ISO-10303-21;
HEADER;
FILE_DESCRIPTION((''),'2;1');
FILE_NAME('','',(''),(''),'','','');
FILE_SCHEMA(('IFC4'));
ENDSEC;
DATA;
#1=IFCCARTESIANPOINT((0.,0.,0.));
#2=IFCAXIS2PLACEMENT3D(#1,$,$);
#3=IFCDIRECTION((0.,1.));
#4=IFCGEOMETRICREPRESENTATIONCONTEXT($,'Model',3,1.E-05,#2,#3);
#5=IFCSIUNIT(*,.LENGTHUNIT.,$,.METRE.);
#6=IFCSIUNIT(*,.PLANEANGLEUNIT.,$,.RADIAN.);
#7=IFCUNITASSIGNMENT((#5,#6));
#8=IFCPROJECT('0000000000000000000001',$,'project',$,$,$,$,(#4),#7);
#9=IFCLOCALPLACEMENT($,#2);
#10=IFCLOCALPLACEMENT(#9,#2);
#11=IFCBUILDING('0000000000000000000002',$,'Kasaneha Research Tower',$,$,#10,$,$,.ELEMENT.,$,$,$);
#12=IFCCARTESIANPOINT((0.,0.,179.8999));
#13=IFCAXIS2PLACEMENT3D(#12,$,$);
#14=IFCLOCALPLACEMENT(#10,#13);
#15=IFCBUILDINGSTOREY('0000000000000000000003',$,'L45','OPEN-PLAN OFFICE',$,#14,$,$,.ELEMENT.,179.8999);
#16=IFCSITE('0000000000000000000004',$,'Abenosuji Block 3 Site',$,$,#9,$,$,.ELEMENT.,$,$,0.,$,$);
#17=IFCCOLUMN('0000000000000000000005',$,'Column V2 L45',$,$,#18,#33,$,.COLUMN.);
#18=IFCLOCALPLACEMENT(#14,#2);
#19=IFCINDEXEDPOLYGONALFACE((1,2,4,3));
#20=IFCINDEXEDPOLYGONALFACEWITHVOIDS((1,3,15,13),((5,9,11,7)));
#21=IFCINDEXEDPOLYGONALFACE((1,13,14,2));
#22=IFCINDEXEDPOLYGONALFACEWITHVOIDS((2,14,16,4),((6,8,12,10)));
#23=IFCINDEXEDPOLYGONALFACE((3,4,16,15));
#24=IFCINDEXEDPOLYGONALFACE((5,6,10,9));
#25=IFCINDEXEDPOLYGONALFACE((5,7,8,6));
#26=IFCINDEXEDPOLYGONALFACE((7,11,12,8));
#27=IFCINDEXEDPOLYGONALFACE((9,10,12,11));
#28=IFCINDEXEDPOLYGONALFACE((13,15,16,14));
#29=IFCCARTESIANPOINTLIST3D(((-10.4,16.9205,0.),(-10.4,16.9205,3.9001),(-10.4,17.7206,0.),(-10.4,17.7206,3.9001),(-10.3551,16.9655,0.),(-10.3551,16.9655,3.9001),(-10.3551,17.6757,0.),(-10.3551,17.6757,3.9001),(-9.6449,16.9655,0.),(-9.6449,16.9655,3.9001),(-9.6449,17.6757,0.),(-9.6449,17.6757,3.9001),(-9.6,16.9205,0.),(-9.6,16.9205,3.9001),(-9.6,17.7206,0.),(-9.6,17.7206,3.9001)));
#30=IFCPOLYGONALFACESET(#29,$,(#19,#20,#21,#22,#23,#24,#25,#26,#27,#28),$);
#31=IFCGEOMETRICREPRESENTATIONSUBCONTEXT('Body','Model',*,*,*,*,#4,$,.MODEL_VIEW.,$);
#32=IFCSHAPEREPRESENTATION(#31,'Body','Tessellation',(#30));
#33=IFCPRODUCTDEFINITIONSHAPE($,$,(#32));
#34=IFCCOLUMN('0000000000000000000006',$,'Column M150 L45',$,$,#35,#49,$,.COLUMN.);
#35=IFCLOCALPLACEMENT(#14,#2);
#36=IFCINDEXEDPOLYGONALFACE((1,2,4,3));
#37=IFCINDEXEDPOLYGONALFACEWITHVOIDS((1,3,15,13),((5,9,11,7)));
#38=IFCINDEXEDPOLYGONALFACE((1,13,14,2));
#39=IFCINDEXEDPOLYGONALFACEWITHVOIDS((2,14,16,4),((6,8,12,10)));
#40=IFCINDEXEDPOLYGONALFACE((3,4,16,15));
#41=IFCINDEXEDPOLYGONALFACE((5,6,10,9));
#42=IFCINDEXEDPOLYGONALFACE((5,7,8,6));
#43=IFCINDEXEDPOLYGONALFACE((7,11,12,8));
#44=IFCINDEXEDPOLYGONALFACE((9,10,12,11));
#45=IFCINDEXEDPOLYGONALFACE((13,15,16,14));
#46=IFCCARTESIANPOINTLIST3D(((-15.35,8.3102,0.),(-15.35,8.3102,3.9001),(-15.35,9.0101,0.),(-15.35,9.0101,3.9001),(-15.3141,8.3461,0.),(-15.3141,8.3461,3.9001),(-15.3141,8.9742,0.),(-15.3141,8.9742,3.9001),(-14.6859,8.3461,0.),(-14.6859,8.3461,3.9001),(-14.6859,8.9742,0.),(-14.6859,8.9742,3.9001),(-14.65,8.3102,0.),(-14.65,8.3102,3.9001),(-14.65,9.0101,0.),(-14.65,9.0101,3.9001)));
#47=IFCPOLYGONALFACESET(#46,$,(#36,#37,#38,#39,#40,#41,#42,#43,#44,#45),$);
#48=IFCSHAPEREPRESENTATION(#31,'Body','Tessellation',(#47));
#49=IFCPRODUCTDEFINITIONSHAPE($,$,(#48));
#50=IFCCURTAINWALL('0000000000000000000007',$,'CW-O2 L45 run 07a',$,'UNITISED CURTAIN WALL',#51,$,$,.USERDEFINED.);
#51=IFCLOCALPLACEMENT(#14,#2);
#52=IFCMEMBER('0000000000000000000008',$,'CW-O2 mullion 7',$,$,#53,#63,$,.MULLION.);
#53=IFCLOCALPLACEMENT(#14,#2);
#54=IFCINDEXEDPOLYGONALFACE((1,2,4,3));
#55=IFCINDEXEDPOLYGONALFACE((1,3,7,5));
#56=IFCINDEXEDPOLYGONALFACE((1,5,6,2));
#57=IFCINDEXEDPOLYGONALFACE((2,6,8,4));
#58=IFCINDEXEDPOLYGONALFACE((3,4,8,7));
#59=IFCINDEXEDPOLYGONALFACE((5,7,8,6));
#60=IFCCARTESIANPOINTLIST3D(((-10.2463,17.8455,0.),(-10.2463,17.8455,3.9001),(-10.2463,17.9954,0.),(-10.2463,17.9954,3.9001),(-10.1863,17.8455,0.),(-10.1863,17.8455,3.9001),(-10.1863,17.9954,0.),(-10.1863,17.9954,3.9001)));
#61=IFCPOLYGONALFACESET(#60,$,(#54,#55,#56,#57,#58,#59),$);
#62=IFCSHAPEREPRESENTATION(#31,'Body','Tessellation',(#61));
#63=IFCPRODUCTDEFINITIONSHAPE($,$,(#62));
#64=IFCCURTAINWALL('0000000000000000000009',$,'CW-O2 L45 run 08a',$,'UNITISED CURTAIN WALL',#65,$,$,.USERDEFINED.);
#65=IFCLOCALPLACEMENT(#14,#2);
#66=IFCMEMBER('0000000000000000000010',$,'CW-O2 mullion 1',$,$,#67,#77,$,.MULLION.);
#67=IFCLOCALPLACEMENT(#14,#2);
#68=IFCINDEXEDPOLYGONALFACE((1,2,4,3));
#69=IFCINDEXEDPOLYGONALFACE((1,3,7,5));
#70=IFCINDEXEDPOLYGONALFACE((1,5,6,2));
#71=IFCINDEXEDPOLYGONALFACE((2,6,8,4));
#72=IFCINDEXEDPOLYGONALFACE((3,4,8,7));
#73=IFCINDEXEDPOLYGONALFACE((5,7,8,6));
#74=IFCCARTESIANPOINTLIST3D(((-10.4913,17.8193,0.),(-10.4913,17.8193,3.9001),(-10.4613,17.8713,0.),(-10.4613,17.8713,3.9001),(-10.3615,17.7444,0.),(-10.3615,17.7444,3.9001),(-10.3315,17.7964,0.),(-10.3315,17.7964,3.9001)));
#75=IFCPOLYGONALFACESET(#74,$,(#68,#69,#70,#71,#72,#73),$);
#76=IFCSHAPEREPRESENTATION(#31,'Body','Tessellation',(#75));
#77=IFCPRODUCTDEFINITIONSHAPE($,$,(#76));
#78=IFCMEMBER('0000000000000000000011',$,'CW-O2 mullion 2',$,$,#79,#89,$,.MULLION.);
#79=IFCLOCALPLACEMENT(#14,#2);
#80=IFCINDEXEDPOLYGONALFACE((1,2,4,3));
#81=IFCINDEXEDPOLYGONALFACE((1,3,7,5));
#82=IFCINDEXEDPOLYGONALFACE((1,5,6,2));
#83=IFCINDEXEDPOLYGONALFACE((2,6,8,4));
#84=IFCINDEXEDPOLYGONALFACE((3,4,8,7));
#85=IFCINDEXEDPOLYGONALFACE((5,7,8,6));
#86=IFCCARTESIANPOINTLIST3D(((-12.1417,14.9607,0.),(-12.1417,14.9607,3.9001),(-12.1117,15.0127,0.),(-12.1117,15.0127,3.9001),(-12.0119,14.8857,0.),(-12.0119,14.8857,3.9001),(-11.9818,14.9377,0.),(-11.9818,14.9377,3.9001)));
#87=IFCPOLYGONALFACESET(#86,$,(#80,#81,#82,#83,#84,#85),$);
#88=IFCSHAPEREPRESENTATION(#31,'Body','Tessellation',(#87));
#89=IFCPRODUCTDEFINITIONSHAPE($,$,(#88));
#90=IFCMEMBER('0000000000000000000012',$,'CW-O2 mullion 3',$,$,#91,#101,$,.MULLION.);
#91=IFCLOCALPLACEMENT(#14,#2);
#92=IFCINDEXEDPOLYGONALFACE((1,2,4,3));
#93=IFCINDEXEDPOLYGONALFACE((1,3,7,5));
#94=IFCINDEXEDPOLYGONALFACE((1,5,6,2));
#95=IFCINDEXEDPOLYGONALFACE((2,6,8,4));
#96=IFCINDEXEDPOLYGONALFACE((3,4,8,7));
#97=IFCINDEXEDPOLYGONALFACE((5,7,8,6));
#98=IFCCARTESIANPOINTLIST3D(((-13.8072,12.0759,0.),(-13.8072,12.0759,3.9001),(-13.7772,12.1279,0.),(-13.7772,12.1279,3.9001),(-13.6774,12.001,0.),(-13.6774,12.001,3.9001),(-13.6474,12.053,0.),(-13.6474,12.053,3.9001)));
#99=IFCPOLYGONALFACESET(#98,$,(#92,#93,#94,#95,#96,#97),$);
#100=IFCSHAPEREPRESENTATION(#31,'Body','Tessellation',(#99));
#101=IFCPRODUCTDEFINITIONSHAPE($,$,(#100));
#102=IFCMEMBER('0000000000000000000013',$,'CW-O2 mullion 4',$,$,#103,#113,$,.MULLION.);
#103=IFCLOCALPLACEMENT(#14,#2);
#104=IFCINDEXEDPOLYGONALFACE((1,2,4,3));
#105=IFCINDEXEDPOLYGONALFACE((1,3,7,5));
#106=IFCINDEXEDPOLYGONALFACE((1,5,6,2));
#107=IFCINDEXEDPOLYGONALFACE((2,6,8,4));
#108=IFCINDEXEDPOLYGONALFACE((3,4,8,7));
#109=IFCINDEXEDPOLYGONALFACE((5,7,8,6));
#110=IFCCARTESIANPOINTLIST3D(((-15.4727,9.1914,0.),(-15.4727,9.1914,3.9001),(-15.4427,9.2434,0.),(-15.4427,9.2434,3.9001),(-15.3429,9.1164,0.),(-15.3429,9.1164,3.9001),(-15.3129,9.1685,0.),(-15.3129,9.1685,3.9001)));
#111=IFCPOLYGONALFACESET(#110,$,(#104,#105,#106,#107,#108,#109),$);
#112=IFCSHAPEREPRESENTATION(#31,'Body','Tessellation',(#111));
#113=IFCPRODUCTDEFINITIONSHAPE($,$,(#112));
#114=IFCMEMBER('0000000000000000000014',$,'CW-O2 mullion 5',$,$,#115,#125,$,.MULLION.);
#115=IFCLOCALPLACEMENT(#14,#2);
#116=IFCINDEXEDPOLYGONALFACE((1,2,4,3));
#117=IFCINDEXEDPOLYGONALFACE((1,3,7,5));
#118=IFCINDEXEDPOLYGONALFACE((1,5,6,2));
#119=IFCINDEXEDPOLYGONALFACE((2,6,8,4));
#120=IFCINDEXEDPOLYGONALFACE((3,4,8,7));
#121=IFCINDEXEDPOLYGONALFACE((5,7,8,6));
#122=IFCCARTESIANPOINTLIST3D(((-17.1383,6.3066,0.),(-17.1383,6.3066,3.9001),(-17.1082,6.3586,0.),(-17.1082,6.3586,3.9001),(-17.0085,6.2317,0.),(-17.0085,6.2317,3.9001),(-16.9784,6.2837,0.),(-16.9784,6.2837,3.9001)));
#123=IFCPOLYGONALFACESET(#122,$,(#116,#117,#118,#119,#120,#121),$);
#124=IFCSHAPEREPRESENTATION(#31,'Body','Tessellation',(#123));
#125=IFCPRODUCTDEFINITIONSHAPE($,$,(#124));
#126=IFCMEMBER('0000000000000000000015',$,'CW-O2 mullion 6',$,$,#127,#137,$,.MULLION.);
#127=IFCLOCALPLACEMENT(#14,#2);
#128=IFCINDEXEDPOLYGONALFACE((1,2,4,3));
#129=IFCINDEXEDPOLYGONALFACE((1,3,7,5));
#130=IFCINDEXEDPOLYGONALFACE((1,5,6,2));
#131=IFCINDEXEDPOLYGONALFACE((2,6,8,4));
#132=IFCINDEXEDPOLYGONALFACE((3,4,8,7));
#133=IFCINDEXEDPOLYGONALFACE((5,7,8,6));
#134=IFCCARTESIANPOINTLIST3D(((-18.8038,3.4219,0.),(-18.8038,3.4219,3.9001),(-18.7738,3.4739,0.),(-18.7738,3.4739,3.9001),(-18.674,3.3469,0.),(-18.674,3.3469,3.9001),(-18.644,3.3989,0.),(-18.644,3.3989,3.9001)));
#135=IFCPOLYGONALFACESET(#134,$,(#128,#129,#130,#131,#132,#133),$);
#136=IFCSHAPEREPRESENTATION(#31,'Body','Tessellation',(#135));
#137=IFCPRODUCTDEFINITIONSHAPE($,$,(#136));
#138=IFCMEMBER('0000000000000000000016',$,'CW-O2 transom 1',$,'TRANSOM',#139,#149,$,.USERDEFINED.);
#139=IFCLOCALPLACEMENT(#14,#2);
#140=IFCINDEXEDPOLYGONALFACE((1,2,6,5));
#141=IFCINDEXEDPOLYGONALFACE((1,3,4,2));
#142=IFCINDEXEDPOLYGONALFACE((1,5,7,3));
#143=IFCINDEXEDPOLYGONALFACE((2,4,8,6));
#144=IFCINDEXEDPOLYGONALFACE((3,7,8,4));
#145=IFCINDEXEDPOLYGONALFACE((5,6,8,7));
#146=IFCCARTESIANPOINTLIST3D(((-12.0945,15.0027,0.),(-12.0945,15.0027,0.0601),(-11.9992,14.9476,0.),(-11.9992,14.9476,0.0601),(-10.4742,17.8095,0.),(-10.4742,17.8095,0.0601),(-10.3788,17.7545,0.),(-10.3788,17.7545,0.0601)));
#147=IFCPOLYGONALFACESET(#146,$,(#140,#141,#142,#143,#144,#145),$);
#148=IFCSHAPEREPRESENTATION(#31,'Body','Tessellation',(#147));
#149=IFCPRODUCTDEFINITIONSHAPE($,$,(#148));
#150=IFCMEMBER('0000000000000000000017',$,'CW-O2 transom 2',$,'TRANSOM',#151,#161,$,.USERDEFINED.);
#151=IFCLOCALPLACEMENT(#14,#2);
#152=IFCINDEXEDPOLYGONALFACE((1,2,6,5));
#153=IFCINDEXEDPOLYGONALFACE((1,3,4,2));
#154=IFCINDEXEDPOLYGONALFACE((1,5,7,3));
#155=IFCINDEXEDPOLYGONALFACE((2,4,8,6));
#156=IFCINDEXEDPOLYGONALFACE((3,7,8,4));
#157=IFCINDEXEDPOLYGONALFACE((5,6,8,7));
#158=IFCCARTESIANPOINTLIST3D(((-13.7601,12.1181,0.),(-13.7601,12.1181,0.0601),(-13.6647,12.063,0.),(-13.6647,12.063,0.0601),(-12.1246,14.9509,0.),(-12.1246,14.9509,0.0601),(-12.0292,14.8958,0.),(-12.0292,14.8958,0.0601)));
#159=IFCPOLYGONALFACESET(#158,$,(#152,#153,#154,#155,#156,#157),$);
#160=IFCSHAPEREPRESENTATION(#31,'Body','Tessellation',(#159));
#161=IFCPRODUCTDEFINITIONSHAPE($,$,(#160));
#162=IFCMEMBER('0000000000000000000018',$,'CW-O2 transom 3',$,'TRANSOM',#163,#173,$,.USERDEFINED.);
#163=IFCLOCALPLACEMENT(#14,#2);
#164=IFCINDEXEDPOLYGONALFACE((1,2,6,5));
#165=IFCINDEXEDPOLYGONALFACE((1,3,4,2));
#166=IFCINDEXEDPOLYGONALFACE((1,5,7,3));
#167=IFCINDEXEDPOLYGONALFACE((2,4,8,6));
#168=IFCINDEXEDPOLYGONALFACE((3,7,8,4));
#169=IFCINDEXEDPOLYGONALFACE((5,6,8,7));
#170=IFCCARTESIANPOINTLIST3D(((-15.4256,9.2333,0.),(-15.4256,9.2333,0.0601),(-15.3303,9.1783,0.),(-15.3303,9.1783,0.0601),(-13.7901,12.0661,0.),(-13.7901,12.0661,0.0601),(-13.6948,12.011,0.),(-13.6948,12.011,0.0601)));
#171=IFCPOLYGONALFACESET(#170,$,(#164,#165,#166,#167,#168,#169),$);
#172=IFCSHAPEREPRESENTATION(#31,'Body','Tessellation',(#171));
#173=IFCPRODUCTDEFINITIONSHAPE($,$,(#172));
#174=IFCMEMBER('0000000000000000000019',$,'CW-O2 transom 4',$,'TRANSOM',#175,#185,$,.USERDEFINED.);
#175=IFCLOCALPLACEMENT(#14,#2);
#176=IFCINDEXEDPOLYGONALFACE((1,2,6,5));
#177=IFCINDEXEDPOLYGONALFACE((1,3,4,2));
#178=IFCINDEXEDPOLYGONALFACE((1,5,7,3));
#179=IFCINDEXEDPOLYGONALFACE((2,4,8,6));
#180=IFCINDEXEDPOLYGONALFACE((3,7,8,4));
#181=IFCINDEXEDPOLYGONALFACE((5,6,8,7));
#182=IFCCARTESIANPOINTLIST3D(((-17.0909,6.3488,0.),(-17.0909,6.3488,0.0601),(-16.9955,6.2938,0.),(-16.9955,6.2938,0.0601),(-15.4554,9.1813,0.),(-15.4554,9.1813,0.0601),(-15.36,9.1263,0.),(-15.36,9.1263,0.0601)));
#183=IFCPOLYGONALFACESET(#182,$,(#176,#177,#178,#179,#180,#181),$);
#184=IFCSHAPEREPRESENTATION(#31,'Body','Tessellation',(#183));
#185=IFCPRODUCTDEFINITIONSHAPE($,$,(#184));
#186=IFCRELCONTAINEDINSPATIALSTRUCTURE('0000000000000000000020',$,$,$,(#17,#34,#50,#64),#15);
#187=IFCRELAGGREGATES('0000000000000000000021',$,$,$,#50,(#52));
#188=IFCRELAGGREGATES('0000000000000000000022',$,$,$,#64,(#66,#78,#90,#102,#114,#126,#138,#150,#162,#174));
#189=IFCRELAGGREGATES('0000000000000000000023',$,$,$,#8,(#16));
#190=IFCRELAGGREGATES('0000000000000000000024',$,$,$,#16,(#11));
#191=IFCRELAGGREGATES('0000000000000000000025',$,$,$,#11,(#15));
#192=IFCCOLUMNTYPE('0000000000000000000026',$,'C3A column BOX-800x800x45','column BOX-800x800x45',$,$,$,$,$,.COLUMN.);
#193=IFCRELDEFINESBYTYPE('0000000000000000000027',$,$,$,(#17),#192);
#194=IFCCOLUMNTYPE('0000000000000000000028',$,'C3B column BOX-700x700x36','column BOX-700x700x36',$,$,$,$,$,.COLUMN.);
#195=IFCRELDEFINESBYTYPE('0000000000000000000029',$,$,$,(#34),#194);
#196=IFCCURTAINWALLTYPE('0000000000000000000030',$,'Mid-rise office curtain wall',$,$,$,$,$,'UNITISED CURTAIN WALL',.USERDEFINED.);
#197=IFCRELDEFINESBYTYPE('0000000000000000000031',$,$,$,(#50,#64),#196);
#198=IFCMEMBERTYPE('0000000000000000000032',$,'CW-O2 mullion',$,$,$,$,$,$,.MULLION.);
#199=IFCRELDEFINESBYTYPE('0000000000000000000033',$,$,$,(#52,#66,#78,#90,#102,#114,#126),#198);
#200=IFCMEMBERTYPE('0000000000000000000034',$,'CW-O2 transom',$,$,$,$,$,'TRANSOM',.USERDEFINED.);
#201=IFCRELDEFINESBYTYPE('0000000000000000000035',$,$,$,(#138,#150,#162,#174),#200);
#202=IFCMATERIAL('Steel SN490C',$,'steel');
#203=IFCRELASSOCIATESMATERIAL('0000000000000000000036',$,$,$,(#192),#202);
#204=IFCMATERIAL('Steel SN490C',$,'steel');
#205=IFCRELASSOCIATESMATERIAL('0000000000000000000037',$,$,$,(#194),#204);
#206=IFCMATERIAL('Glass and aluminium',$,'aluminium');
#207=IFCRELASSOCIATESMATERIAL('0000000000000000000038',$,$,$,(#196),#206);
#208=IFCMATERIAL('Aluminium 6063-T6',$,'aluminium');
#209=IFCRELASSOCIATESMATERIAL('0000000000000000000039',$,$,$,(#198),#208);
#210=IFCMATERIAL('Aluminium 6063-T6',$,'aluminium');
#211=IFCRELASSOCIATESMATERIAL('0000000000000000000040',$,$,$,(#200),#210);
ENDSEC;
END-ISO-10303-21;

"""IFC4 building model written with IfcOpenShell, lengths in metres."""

from ifc_helpers import new_model, si_unit, direction, frame, origin, origin_2d, place, context, subcontext, project, spatial, rectangle, hollow_rectangle, extrude, material, material_profile, profile_set, type_object, element, aggregate, save


model = new_model("IFC4")

# Units and contexts
model_context = context("Model", 3, precision=1e-05, world=origin(), true_north=direction((0.0, 1.0)))
body_context = subcontext(model_context, "Body", "Model", "MODEL_VIEW")
ifc_project = project(units=[si_unit("LENGTHUNIT", "METRE"), si_unit("PLANEANGLEUNIT", "RADIAN")], contexts=[model_context])

# Site, building, storey
site_placement = place(None, origin())
site = spatial("IfcSite", under=ifc_project, at=site_placement, Name="Abenosuji Block 3 Site", CompositionType="ELEMENT", RefElevation=0.0)
building_placement = place(site_placement, origin())
building = spatial("IfcBuilding", under=site, at=building_placement, Name="Kasaneha Research Tower", CompositionType="ELEMENT")
storey_placement = place(building_placement, frame((0.0, 0.0, 179.8999)))
storey = spatial("IfcBuildingStorey", under=building, at=storey_placement, Name="L45", Description="OPEN-PLAN OFFICE", CompositionType="ELEMENT", Elevation=179.8999)

# Columns
ifc_material_1 = material(Name="Steel SN490C", Category="steel")
ifc_material_profile_1 = material_profile(ifc_material_1, hollow_rectangle(XDim=0.8, YDim=0.8, WallThickness=0.0449, at=origin_2d()), Name="BOX-800x800x45")
ifc_profile_set_1 = profile_set([ifc_material_profile_1], Name="Steel SN490C")
column_type_1 = type_object("IfcColumnType", Name="C3A column BOX-800x800x45", Description="column BOX-800x800x45", PredefinedType="COLUMN", material=ifc_profile_set_1)
column_1_placement = place(storey_placement, frame((-10.0, 17.3206, 0.0), z_axis=(0.0, 0.0, 1.0), x_axis=(1.0, 0.0, 0.0)))
element("IfcColumn", 1, at=column_1_placement, inside=storey, type_object=column_type_1, Name="Column V2 L45", PredefinedType="COLUMN", context=body_context, shape_type="SweptSolid", body=[
    extrude(hollow_rectangle(XDim=0.8, YDim=0.8, WallThickness=0.0449, at=origin_2d()), origin(), (0.0, 0.0, 1.0), 3.9001),
])
ifc_material_2 = material(Name="Steel SN490C", Category="steel")
ifc_material_profile_2 = material_profile(ifc_material_2, hollow_rectangle(XDim=0.7, YDim=0.7, WallThickness=0.0359, at=origin_2d()), Name="BOX-700x700x36")
ifc_profile_set_2 = profile_set([ifc_material_profile_2], Name="Steel SN490C")
column_type_2 = type_object("IfcColumnType", Name="C3B column BOX-700x700x36", Description="column BOX-700x700x36", PredefinedType="COLUMN", material=ifc_profile_set_2)
column_2_placement = place(storey_placement, frame((-15.0, 8.6602, 0.0), z_axis=(0.0, 0.0, 1.0), x_axis=(1.0, 0.0, 0.0)))
element("IfcColumn", 2, at=column_2_placement, inside=storey, type_object=column_type_2, Name="Column M150 L45", PredefinedType="COLUMN", context=body_context, shape_type="SweptSolid", body=[
    extrude(hollow_rectangle(XDim=0.7, YDim=0.7, WallThickness=0.0359, at=origin_2d()), origin(), (0.0, 0.0, 1.0), 3.9001),
])

# Curtain wall, member
ifc_material_3 = material(Name="Glass and aluminium", Category="aluminium")
curtain_wall_type = type_object("IfcCurtainWallType", Name="Mid-rise office curtain wall", ElementType="UNITISED CURTAIN WALL", PredefinedType="USERDEFINED", material=ifc_material_3)
curtain_wall_1_placement = place(storey_placement, origin())
curtain_wall_1 = element("IfcCurtainWall", 3, at=curtain_wall_1_placement, inside=storey, type_object=curtain_wall_type, Name="CW-O2 L45 run 07a", ObjectType="UNITISED CURTAIN WALL", PredefinedType="USERDEFINED")
ifc_material_4 = material(Name="Aluminium 6063-T6", Category="aluminium")
ifc_material_profile_3 = material_profile(ifc_material_4, rectangle(XDim=0.0601, YDim=0.1499, at=origin_2d()), Name="CW-O2 mullion 60x150")
ifc_profile_set_3 = profile_set([ifc_material_profile_3], Name="Aluminium 6063-T6")
member_type_1 = type_object("IfcMemberType", Name="CW-O2 mullion", PredefinedType="MULLION", material=ifc_profile_set_3)
member_1_placement = place(storey_placement, frame((-10.2163, 17.9204, 0.0), z_axis=(0.0, 0.0, 1.0), x_axis=(-1.0, 0.0, 0.0)))
member_1 = element("IfcMember", 4, at=member_1_placement, type_object=member_type_1, Name="CW-O2 mullion 7", PredefinedType="MULLION", context=body_context, shape_type="SweptSolid", body=[
    extrude(rectangle(XDim=0.0601, YDim=0.1499, at=origin_2d()), origin(), (0.0, 0.0, 1.0), 3.9001),
])
aggregate(curtain_wall_1, [member_1])

# Curtain wall, members
curtain_wall_2_placement = place(storey_placement, origin())
curtain_wall_2 = element("IfcCurtainWall", 5, at=curtain_wall_2_placement, inside=storey, type_object=curtain_wall_type, Name="CW-O2 L45 run 08a", ObjectType="UNITISED CURTAIN WALL", PredefinedType="USERDEFINED")
member_2_placement = place(storey_placement, frame((-10.4114, 17.8079, 0.0), z_axis=(0.0, 0.0, 1.0), x_axis=(-0.5, -0.866025, 0.0)))
member_2 = element("IfcMember", 6, at=member_2_placement, type_object=member_type_1, Name="CW-O2 mullion 1", PredefinedType="MULLION", context=body_context, shape_type="SweptSolid", body=[
    extrude(rectangle(XDim=0.0601, YDim=0.1499, at=origin_2d()), origin(), (0.0, 0.0, 1.0), 3.9001),
])
member_3_placement = place(storey_placement, frame((-12.0618, 14.9492, 0.0), z_axis=(0.0, 0.0, 1.0), x_axis=(-0.5, -0.866025, 0.0)))
member_3 = element("IfcMember", 7, at=member_3_placement, type_object=member_type_1, Name="CW-O2 mullion 2", PredefinedType="MULLION", context=body_context, shape_type="SweptSolid", body=[
    extrude(rectangle(XDim=0.0601, YDim=0.1499, at=origin_2d()), origin(), (0.0, 0.0, 1.0), 3.9001),
])
member_4_placement = place(storey_placement, frame((-13.7273, 12.0645, 0.0), z_axis=(0.0, 0.0, 1.0), x_axis=(-0.5, -0.866025, 0.0)))
member_4 = element("IfcMember", 8, at=member_4_placement, type_object=member_type_1, Name="CW-O2 mullion 3", PredefinedType="MULLION", context=body_context, shape_type="SweptSolid", body=[
    extrude(rectangle(XDim=0.0601, YDim=0.1499, at=origin_2d()), origin(), (0.0, 0.0, 1.0), 3.9001),
])
member_5_placement = place(storey_placement, frame((-15.3928, 9.1799, 0.0), z_axis=(0.0, 0.0, 1.0), x_axis=(-0.5, -0.866025, 0.0)))
member_5 = element("IfcMember", 9, at=member_5_placement, type_object=member_type_1, Name="CW-O2 mullion 4", PredefinedType="MULLION", context=body_context, shape_type="SweptSolid", body=[
    extrude(rectangle(XDim=0.0601, YDim=0.1499, at=origin_2d()), origin(), (0.0, 0.0, 1.0), 3.9001),
])
member_6_placement = place(storey_placement, frame((-17.0583, 6.2952, 0.0), z_axis=(0.0, 0.0, 1.0), x_axis=(-0.5, -0.866025, 0.0)))
member_6 = element("IfcMember", 10, at=member_6_placement, type_object=member_type_1, Name="CW-O2 mullion 5", PredefinedType="MULLION", context=body_context, shape_type="SweptSolid", body=[
    extrude(rectangle(XDim=0.0601, YDim=0.1499, at=origin_2d()), origin(), (0.0, 0.0, 1.0), 3.9001),
])
member_7_placement = place(storey_placement, frame((-18.7239, 3.4104, 0.0), z_axis=(0.0, 0.0, 1.0), x_axis=(-0.5, -0.866025, 0.0)))
member_7 = element("IfcMember", 11, at=member_7_placement, type_object=member_type_1, Name="CW-O2 mullion 6", PredefinedType="MULLION", context=body_context, shape_type="SweptSolid", body=[
    extrude(rectangle(XDim=0.0601, YDim=0.1499, at=origin_2d()), origin(), (0.0, 0.0, 1.0), 3.9001),
])
ifc_material_5 = material(Name="Aluminium 6063-T6", Category="aluminium")
ifc_material_profile_4 = material_profile(ifc_material_5, rectangle(XDim=0.1101, YDim=0.0601, at=origin_2d()), Name="CW-O2 transom 110x60")
ifc_profile_set_4 = profile_set([ifc_material_profile_4], Name="Aluminium 6063-T6")
member_type_2 = type_object("IfcMemberType", Name="CW-O2 transom", ElementType="TRANSOM", PredefinedType="USERDEFINED", material=ifc_profile_set_4)
member_8_placement = place(storey_placement, frame((-10.4265, 17.782, 0.03), z_axis=(-0.499955, -0.866051, 0.0), x_axis=(0.866051, -0.499955, 0.0)))
member_8 = element("IfcMember", 12, at=member_8_placement, type_object=member_type_2, Name="CW-O2 transom 1", ObjectType="TRANSOM", PredefinedType="USERDEFINED", context=body_context, shape_type="SweptSolid", body=[
    extrude(rectangle(XDim=0.1101, YDim=0.0601, at=origin_2d()), origin(), (0.0, 0.0, 1.0), 3.241),
])
member_9_placement = place(storey_placement, frame((-12.0769, 14.9233, 0.03), z_axis=(-0.5, -0.866025, 0.0), x_axis=(0.866025, -0.5, 0.0)))
member_9 = element("IfcMember", 13, at=member_9_placement, type_object=member_type_2, Name="CW-O2 transom 2", ObjectType="TRANSOM", PredefinedType="USERDEFINED", context=body_context, shape_type="SweptSolid", body=[
    extrude(rectangle(XDim=0.1101, YDim=0.0601, at=origin_2d()), origin(), (0.0, 0.0, 1.0), 3.271),
])
member_10_placement = place(storey_placement, frame((-13.7424, 12.0386, 0.03), z_axis=(-0.5, -0.866025, 0.0), x_axis=(0.866025, -0.5, 0.0)))
member_10 = element("IfcMember", 14, at=member_10_placement, type_object=member_type_2, Name="CW-O2 transom 3", ObjectType="TRANSOM", PredefinedType="USERDEFINED", context=body_context, shape_type="SweptSolid", body=[
    extrude(rectangle(XDim=0.1101, YDim=0.0601, at=origin_2d()), origin(), (0.0, 0.0, 1.0), 3.271),
])
member_11_placement = place(storey_placement, frame((-15.4077, 9.1538, 0.03), z_axis=(-0.500033, -0.866007, 0.0), x_axis=(0.866007, -0.500033, 0.0)))
member_11 = element("IfcMember", 15, at=member_11_placement, type_object=member_type_2, Name="CW-O2 transom 4", ObjectType="TRANSOM", PredefinedType="USERDEFINED", context=body_context, shape_type="SweptSolid", body=[
    extrude(rectangle(XDim=0.1101, YDim=0.0601, at=origin_2d()), origin(), (0.0, 0.0, 1.0), 3.2708),
])
aggregate(curtain_wall_2, [member_2, member_3, member_4, member_5, member_6, member_7, member_8, member_9, member_10, member_11])

save(model, "model.ifc")
